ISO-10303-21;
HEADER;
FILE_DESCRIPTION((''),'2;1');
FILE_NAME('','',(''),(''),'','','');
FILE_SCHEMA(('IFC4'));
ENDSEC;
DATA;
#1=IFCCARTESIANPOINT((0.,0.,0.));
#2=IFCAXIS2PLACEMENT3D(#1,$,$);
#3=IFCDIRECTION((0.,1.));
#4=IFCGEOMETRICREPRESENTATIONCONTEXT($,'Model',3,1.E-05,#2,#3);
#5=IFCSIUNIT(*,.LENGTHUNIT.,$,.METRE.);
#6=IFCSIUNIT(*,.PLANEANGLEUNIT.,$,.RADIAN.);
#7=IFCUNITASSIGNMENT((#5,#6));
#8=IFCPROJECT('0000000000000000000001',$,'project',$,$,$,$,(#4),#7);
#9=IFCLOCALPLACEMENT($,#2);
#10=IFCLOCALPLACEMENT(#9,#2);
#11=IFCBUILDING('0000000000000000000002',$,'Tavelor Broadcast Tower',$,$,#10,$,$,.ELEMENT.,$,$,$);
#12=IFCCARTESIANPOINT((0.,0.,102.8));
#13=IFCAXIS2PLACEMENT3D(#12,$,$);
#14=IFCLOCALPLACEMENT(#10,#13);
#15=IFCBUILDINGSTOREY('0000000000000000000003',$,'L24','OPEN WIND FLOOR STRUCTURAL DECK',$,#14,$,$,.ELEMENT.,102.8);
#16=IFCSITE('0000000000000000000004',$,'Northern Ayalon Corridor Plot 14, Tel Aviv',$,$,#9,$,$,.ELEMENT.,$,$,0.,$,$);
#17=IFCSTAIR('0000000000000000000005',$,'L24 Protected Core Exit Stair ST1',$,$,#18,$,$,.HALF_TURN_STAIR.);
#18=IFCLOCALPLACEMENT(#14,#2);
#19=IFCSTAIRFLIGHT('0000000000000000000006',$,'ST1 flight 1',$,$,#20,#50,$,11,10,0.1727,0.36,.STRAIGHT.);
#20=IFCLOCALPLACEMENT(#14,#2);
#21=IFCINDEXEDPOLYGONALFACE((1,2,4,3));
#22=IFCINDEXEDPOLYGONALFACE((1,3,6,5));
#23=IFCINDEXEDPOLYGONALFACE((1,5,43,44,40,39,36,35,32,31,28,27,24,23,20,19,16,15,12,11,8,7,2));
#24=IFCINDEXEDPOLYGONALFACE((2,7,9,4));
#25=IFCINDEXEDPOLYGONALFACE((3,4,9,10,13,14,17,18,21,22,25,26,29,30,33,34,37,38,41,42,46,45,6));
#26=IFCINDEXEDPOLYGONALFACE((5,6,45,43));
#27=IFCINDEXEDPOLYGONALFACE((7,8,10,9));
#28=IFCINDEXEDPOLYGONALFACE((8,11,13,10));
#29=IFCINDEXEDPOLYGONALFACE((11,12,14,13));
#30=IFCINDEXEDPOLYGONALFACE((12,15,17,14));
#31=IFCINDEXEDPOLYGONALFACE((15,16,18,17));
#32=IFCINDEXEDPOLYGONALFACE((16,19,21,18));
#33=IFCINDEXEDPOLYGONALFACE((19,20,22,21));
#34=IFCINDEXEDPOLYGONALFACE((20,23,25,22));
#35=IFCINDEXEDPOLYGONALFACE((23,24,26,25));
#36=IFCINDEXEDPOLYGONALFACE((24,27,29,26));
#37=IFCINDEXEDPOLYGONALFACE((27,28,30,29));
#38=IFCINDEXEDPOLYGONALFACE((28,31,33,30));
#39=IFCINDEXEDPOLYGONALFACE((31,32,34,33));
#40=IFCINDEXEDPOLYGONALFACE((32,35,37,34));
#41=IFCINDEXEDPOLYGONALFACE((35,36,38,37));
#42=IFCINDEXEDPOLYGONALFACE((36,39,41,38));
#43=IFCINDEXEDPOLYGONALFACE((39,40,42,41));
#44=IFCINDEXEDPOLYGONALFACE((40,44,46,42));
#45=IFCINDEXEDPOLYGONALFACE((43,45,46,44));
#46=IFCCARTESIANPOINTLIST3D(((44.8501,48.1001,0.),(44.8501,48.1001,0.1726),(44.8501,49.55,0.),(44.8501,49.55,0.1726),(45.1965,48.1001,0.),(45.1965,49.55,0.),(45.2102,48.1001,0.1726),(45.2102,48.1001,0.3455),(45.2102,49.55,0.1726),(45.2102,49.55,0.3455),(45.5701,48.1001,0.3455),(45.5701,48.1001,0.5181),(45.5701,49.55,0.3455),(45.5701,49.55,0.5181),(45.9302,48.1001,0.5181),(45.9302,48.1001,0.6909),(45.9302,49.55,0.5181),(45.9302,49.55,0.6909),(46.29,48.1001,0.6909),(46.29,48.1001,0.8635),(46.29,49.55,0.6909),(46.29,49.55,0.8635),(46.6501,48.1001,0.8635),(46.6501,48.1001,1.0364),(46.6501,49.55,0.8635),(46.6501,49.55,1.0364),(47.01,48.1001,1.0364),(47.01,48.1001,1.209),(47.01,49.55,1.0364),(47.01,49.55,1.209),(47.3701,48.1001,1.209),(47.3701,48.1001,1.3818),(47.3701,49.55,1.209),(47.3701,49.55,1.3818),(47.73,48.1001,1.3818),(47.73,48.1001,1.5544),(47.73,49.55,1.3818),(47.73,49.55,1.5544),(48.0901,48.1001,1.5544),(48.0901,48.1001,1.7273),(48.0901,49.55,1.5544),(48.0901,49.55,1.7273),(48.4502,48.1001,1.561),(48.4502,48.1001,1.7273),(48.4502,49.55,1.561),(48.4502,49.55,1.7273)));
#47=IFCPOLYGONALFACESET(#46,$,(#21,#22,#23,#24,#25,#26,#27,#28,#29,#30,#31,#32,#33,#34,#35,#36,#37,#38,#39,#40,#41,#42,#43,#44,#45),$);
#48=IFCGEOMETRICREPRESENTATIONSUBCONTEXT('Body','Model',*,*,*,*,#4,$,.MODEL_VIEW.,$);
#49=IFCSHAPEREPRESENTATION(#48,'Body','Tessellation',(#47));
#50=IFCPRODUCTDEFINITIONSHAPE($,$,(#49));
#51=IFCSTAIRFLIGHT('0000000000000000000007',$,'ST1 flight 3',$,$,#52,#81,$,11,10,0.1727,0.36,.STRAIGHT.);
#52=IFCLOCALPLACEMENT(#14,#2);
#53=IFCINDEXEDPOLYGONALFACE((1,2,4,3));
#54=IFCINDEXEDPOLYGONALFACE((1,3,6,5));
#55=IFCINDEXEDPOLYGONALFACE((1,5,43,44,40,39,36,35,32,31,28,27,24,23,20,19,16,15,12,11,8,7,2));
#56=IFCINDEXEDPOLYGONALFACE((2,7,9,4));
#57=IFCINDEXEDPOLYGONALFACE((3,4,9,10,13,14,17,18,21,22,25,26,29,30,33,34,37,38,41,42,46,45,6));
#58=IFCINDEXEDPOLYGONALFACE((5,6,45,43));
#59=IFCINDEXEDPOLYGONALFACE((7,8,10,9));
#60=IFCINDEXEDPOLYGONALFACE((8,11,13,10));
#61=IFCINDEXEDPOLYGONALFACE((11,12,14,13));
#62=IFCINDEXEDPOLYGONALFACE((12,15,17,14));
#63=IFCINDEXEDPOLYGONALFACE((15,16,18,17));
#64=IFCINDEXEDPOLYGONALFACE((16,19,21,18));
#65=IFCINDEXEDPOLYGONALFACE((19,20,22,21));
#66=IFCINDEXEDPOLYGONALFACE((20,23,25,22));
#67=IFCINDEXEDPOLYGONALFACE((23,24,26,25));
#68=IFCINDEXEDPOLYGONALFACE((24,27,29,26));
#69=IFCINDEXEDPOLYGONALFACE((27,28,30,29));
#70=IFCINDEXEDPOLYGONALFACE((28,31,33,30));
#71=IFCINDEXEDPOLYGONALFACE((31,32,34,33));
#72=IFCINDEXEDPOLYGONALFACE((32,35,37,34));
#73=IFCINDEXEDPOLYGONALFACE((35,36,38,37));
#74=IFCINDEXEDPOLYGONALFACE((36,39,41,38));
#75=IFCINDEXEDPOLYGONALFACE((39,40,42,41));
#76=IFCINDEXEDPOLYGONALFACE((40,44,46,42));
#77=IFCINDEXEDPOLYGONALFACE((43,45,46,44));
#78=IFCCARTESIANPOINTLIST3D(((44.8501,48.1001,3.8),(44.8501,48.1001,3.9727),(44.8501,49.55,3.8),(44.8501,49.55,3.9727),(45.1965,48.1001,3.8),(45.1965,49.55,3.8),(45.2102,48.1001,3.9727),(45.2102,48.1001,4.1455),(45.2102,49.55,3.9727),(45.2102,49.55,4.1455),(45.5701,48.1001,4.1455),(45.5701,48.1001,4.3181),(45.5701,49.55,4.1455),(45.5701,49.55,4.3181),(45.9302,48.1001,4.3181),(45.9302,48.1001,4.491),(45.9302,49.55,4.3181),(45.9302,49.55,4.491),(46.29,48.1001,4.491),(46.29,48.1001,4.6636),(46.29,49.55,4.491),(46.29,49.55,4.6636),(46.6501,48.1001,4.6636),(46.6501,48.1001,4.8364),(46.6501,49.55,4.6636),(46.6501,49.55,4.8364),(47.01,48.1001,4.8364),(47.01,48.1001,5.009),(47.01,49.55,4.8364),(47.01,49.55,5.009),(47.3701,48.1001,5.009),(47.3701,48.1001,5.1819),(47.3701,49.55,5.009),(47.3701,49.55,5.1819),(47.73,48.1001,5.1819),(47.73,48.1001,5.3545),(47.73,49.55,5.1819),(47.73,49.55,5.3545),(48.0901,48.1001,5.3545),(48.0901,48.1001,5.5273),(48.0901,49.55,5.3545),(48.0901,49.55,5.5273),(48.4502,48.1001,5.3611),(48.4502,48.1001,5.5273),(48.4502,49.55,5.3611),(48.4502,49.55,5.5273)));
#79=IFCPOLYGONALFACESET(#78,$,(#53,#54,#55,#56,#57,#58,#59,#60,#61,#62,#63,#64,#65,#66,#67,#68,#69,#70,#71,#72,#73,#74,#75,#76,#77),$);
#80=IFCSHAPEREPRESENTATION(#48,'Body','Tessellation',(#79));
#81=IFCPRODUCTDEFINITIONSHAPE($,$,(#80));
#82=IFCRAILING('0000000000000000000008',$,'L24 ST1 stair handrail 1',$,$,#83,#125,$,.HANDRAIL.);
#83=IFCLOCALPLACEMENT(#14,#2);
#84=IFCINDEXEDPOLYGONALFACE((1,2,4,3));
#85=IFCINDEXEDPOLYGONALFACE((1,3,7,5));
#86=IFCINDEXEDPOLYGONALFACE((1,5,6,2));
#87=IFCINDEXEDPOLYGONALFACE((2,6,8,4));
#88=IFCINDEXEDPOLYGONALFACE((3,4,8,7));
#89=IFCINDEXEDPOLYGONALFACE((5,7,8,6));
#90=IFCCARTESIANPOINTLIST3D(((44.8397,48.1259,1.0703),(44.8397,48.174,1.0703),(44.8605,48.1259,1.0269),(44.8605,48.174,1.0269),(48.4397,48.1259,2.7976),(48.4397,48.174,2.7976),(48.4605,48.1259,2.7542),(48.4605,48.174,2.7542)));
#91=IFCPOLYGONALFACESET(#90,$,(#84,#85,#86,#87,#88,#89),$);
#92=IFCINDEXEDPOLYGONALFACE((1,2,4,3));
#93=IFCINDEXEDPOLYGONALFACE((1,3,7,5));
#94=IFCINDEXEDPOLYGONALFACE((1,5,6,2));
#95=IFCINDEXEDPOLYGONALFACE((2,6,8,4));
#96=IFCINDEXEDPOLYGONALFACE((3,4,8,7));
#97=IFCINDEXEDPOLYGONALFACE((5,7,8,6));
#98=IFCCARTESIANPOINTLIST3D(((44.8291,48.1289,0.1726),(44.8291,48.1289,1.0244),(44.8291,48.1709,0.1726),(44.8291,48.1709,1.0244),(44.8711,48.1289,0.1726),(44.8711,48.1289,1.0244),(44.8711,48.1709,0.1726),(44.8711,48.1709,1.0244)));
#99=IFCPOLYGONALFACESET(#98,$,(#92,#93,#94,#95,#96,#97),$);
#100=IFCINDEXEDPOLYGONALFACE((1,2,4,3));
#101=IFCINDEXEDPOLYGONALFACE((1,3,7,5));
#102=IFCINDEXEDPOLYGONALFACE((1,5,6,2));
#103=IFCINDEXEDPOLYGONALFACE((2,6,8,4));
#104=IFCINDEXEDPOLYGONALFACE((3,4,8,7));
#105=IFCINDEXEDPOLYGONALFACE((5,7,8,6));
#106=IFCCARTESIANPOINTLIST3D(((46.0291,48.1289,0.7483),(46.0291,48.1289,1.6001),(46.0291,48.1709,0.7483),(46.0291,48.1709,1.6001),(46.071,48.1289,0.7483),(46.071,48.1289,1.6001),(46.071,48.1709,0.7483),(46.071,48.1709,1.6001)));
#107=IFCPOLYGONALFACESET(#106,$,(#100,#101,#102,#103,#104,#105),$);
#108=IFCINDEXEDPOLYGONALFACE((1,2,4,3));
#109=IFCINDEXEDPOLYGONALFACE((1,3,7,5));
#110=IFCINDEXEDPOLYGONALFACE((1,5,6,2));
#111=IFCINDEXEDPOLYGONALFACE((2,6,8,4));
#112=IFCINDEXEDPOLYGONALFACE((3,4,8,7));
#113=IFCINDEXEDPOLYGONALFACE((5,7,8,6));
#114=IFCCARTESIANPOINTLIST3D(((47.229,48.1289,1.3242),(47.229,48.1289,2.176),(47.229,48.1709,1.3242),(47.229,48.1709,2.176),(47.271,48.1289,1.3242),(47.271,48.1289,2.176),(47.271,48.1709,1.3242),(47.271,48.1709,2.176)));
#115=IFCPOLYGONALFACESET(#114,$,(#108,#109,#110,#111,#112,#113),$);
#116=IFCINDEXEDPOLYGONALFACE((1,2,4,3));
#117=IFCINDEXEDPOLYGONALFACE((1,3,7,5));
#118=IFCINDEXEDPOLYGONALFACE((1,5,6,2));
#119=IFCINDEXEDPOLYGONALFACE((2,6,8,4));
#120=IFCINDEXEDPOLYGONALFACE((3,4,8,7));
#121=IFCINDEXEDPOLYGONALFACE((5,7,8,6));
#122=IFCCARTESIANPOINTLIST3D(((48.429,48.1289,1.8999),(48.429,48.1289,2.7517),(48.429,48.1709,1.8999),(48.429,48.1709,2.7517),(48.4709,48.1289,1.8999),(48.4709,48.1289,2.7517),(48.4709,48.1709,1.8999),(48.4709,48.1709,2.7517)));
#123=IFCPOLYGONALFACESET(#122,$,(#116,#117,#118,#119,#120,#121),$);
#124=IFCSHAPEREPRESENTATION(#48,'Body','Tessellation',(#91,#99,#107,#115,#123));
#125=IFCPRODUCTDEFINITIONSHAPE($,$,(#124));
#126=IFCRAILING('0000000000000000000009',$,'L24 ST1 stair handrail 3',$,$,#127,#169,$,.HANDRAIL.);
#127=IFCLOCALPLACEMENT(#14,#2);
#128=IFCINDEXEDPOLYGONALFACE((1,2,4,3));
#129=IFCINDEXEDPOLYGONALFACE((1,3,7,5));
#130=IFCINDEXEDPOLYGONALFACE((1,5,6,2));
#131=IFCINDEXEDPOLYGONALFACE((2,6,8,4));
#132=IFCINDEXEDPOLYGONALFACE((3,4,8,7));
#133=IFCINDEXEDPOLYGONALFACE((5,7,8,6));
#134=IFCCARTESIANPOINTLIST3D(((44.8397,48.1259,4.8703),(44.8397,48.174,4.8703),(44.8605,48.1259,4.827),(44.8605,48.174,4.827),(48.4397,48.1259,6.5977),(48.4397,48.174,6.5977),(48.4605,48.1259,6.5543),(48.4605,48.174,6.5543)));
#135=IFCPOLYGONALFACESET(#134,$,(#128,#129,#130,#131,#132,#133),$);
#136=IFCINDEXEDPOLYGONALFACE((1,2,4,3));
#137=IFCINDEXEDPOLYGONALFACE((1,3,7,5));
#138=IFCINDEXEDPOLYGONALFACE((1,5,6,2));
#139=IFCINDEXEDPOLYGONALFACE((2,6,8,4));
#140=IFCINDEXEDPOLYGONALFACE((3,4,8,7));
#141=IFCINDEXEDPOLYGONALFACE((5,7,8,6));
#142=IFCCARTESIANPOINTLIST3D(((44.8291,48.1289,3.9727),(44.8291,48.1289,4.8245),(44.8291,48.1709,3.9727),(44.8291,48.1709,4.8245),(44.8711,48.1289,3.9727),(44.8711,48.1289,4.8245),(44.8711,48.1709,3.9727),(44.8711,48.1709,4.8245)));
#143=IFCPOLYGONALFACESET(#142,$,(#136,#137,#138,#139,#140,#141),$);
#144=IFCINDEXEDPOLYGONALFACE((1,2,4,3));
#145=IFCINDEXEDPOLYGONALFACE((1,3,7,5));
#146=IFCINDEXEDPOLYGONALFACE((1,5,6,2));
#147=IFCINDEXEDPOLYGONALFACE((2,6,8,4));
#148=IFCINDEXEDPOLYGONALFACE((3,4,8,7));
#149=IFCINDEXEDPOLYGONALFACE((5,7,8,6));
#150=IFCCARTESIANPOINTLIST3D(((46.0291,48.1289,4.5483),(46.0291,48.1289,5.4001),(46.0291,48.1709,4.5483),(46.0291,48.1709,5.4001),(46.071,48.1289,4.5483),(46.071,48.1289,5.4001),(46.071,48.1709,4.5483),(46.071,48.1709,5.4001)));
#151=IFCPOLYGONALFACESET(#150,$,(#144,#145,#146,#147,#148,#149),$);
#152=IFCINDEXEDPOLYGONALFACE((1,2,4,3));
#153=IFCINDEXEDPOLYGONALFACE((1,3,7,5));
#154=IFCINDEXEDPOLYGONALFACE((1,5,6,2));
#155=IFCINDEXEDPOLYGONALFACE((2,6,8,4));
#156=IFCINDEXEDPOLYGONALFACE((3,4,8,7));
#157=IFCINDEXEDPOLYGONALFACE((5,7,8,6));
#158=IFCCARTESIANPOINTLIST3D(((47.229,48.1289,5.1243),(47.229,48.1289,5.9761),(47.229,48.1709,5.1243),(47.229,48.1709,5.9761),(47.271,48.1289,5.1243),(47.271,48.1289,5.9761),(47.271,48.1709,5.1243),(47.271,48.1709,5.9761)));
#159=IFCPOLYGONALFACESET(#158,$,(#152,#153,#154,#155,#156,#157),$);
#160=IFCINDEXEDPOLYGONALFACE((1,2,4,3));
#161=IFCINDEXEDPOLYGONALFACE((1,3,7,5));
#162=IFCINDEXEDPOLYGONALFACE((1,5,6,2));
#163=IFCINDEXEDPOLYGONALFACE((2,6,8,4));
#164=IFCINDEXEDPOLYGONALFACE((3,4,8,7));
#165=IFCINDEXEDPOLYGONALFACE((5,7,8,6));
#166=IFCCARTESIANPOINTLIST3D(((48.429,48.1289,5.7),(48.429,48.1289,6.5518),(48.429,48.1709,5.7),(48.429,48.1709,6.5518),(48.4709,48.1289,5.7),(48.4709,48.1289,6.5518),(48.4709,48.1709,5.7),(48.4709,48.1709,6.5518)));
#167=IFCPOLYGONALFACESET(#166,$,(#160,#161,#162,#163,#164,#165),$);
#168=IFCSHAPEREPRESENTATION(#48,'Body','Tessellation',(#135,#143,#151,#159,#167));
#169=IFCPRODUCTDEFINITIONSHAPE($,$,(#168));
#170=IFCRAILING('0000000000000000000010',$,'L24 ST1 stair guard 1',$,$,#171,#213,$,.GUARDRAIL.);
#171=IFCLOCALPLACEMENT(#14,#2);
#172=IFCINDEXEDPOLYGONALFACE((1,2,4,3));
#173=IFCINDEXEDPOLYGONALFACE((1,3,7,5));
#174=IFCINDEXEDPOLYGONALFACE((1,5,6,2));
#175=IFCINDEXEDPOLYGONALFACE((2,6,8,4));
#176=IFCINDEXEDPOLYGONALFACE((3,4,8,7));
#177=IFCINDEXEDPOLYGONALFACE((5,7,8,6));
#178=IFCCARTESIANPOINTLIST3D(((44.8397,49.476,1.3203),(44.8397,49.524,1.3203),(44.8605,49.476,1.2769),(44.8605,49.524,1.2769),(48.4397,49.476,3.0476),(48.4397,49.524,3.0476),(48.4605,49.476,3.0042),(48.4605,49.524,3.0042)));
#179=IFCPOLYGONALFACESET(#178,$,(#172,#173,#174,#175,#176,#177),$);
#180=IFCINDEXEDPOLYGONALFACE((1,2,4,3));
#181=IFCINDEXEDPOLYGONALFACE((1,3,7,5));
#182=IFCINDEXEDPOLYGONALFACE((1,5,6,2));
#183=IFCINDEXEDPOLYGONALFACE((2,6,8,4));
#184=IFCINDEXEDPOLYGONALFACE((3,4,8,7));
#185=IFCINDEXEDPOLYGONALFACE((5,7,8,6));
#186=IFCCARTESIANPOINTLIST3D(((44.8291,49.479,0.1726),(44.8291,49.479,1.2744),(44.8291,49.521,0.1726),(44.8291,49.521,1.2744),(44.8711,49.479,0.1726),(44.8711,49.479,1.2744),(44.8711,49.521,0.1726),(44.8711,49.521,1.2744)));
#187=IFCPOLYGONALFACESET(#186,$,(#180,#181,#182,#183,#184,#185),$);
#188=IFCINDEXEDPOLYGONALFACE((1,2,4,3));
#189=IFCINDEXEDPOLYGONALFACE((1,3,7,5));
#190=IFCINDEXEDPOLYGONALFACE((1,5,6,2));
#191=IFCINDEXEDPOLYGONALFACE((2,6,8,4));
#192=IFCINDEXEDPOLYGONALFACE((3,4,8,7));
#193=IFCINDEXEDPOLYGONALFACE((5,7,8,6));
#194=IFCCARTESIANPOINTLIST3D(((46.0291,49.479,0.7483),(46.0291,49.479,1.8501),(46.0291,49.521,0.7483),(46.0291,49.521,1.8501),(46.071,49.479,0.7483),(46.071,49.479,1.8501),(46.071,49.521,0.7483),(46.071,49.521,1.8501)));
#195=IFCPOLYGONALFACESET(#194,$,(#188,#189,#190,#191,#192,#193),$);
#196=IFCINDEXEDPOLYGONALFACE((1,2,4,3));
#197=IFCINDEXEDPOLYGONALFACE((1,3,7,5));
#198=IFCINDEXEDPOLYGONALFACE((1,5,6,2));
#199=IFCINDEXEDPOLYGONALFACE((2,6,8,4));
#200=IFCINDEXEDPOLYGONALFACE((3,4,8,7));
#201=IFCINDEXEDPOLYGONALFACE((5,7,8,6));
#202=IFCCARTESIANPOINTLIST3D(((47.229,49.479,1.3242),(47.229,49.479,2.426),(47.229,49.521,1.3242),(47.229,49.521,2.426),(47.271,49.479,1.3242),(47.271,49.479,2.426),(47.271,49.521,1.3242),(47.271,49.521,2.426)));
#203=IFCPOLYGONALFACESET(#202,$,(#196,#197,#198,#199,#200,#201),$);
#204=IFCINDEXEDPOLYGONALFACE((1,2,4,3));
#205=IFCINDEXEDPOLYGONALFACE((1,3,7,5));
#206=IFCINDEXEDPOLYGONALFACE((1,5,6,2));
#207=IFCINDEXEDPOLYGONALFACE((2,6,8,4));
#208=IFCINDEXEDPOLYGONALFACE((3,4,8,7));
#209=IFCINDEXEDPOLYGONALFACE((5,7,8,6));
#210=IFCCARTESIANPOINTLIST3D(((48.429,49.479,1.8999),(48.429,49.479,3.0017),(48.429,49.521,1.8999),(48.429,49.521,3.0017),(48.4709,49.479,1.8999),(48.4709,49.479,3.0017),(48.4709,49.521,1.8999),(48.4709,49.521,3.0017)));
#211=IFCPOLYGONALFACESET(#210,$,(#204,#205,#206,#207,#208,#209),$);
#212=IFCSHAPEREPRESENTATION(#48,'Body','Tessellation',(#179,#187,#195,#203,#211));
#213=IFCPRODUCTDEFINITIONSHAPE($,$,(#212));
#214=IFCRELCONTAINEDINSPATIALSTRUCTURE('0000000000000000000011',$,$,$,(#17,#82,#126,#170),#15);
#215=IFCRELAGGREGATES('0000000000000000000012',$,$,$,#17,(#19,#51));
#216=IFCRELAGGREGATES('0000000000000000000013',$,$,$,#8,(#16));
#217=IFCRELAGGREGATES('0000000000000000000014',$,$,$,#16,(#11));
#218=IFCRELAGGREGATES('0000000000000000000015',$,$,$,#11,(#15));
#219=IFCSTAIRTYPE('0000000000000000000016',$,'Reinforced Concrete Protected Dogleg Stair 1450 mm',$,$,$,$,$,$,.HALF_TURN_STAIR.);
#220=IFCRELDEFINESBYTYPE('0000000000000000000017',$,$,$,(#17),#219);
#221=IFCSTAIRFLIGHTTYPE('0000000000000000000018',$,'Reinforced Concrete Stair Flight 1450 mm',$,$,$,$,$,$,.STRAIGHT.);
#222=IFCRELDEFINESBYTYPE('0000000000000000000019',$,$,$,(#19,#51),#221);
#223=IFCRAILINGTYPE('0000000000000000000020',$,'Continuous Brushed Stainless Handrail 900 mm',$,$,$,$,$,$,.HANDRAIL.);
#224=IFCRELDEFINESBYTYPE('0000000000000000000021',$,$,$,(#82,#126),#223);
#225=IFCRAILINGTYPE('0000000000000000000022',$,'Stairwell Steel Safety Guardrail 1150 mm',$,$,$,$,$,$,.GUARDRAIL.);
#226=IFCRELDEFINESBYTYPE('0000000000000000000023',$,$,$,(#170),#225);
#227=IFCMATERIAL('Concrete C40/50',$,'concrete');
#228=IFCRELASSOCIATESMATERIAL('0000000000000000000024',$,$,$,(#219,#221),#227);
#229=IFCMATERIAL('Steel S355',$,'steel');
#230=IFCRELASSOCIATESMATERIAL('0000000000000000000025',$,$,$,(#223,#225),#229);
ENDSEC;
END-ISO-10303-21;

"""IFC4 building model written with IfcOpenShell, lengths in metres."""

from ifc_helpers import new_model, si_unit, direction, frame, origin, origin_2d, place, context, subcontext, project, spatial, polyline, rectangle, outline, extrude, material, type_object, element, aggregate, save


model = new_model("IFC4")

# Units and contexts
model_context = context("Model", 3, precision=1e-05, world=origin(), true_north=direction((0.0, 1.0)))
body_context = subcontext(model_context, "Body", "Model", "MODEL_VIEW")
ifc_project = project(units=[si_unit("LENGTHUNIT", "METRE"), si_unit("PLANEANGLEUNIT", "RADIAN")], contexts=[model_context])

# Site, building, storey
site_placement = place(None, origin())
site = spatial("IfcSite", under=ifc_project, at=site_placement, Name="Northern Ayalon Corridor Plot 14, Tel Aviv", CompositionType="ELEMENT", RefElevation=0.0)
building_placement = place(site_placement, origin())
building = spatial("IfcBuilding", under=site, at=building_placement, Name="Tavelor Broadcast Tower", CompositionType="ELEMENT")
storey_placement = place(building_placement, frame((0.0, 0.0, 102.8)))
storey = spatial("IfcBuildingStorey", under=building, at=storey_placement, Name="L24", Description="OPEN WIND FLOOR STRUCTURAL DECK", CompositionType="ELEMENT", Elevation=102.8)

# Shared definitions
ifc_material_1 = material(Name="Concrete C40/50", Category="concrete")
ifc_material_2 = material(Name="Steel S355", Category="steel")

# Stair, stair flights
stair_type = type_object("IfcStairType", Name="Reinforced Concrete Protected Dogleg Stair 1450 mm", PredefinedType="HALF_TURN_STAIR", material=ifc_material_1)
stair_placement = place(storey_placement, origin())
stair = element("IfcStair", 1, at=stair_placement, inside=storey, type_object=stair_type, Name="L24 Protected Core Exit Stair ST1", PredefinedType="HALF_TURN_STAIR")
stair_flight_type = type_object("IfcStairFlightType", Name="Reinforced Concrete Stair Flight 1450 mm", PredefinedType="STRAIGHT", material=ifc_material_1)
stair_flight_1_placement = place(storey_placement, frame((44.8501, 48.825, 0.0), z_axis=(0.0, 0.0, 1.0), x_axis=(1.0, 0.0, 0.0)))
stair_flight_1 = element("IfcStairFlight", 2, at=stair_flight_1_placement, type_object=stair_flight_type, Name="ST1 flight 1", NumberOfRisers=11, NumberOfTreads=10, PredefinedType="STRAIGHT", RiserHeight=0.1727, TreadLength=0.36, context=body_context, shape_type="SweptSolid", body=[
    extrude(outline(polyline([(0.0, 0.0), (0.0, 0.1726), (0.3601, 0.1726), (0.3601, 0.3455), (0.72, 0.3455), (0.72, 0.5181), (1.0801, 0.5181), (1.0801, 0.6909), (1.4399, 0.6909), (1.4399, 0.8635), (1.8, 0.8635), (1.8, 1.0364), (2.1599, 1.0364), (2.1599, 1.209), (2.52, 1.209), (2.52, 1.3818), (2.8799, 1.3818), (2.8799, 1.5544), (3.24, 1.5544), (3.24, 1.7273), (3.6001, 1.7273), (3.6001, 1.8999), (3.6001, 1.561), (0.3464, 0.0), (0.0, 0.0)])), frame((0.0, 0.7251, 0.0), z_axis=(0.0, -1.0, 0.0), x_axis=(1.0, 0.0, 0.0)), (0.0, 0.0, 1.0), 1.45),
])
stair_flight_2_placement = place(storey_placement, frame((44.8501, 48.825, 3.8), z_axis=(0.0, 0.0, 1.0), x_axis=(1.0, 0.0, 0.0)))
stair_flight_2 = element("IfcStairFlight", 3, at=stair_flight_2_placement, type_object=stair_flight_type, Name="ST1 flight 3", NumberOfRisers=11, NumberOfTreads=10, PredefinedType="STRAIGHT", RiserHeight=0.1727, TreadLength=0.36, context=body_context, shape_type="SweptSolid", body=[
    extrude(outline(polyline([(0.0, 0.0), (0.0, 0.1726), (0.3601, 0.1726), (0.3601, 0.3455), (0.72, 0.3455), (0.72, 0.5181), (1.0801, 0.5181), (1.0801, 0.6909), (1.4399, 0.6909), (1.4399, 0.8635), (1.8, 0.8635), (1.8, 1.0364), (2.1599, 1.0364), (2.1599, 1.209), (2.52, 1.209), (2.52, 1.3818), (2.8799, 1.3818), (2.8799, 1.5544), (3.24, 1.5544), (3.24, 1.7273), (3.6001, 1.7273), (3.6001, 1.8999), (3.6001, 1.561), (0.3464, 0.0), (0.0, 0.0)])), frame((0.0, 0.7251, 0.0), z_axis=(0.0, -1.0, 0.0), x_axis=(1.0, 0.0, 0.0)), (0.0, 0.0, 1.0), 1.45),
])
aggregate(stair, [stair_flight_1, stair_flight_2])

# Railings
railing_type_1 = type_object("IfcRailingType", Name="Continuous Brushed Stainless Handrail 900 mm", PredefinedType="HANDRAIL", material=ifc_material_2)
for number, where, name in (
    (4, (44.8501, 48.1499, 0.1726), "L24 ST1 stair handrail 1"),
    (5, (44.8501, 48.1499, 3.9727), "L24 ST1 stair handrail 3"),
):
    element("IfcRailing", number, at=place(storey_placement, frame(where)), inside=storey, type_object=railing_type_1, Name=name, PredefinedType="HANDRAIL", context=body_context, shape_type="SweptSolid", body=[
        extrude(rectangle(XDim=0.0481, YDim=0.0481, at=origin_2d()), frame((0.0, 0.0, 0.876), z_axis=(0.901585, 0.0, 0.432602), x_axis=(0.0, 1.0, 0.0)), (0.0, 0.0, 1.0), 3.9929),
        extrude(rectangle(XDim=0.042, YDim=0.042, at=origin_2d()), origin(), (0.0, 0.0, 1.0), 0.8518),
        extrude(rectangle(XDim=0.042, YDim=0.042, at=origin_2d()), frame((1.2, 0.0, 0.5757)), (0.0, 0.0, 1.0), 0.8518),
        extrude(rectangle(XDim=0.042, YDim=0.042, at=origin_2d()), frame((2.3999, 0.0, 1.1516)), (0.0, 0.0, 1.0), 0.8518),
        extrude(rectangle(XDim=0.042, YDim=0.042, at=origin_2d()), frame((3.5999, 0.0, 1.7273)), (0.0, 0.0, 1.0), 0.8518),
    ])
railing_type_2 = type_object("IfcRailingType", Name="Stairwell Steel Safety Guardrail 1150 mm", PredefinedType="GUARDRAIL", material=ifc_material_2)
railing_1_placement = place(storey_placement, frame((44.8501, 49.5, 0.1726)))
element("IfcRailing", 6, at=railing_1_placement, inside=storey, type_object=railing_type_2, Name="L24 ST1 stair guard 1", PredefinedType="GUARDRAIL", context=body_context, shape_type="SweptSolid", body=[
    extrude(rectangle(XDim=0.0481, YDim=0.0481, at=origin_2d()), frame((0.0, 0.0, 1.126), z_axis=(0.901585, 0.0, 0.432602), x_axis=(0.0, 1.0, 0.0)), (0.0, 0.0, 1.0), 3.9929),
    extrude(rectangle(XDim=0.042, YDim=0.042, at=origin_2d()), origin(), (0.0, 0.0, 1.0), 1.1018),
    extrude(rectangle(XDim=0.042, YDim=0.042, at=origin_2d()), frame((1.2, 0.0, 0.5757)), (0.0, 0.0, 1.0), 1.1018),
    extrude(rectangle(XDim=0.042, YDim=0.042, at=origin_2d()), frame((2.3999, 0.0, 1.1516)), (0.0, 0.0, 1.0), 1.1018),
    extrude(rectangle(XDim=0.042, YDim=0.042, at=origin_2d()), frame((3.5999, 0.0, 1.7273)), (0.0, 0.0, 1.0), 1.1018),
])

save(model, "model.ifc")
